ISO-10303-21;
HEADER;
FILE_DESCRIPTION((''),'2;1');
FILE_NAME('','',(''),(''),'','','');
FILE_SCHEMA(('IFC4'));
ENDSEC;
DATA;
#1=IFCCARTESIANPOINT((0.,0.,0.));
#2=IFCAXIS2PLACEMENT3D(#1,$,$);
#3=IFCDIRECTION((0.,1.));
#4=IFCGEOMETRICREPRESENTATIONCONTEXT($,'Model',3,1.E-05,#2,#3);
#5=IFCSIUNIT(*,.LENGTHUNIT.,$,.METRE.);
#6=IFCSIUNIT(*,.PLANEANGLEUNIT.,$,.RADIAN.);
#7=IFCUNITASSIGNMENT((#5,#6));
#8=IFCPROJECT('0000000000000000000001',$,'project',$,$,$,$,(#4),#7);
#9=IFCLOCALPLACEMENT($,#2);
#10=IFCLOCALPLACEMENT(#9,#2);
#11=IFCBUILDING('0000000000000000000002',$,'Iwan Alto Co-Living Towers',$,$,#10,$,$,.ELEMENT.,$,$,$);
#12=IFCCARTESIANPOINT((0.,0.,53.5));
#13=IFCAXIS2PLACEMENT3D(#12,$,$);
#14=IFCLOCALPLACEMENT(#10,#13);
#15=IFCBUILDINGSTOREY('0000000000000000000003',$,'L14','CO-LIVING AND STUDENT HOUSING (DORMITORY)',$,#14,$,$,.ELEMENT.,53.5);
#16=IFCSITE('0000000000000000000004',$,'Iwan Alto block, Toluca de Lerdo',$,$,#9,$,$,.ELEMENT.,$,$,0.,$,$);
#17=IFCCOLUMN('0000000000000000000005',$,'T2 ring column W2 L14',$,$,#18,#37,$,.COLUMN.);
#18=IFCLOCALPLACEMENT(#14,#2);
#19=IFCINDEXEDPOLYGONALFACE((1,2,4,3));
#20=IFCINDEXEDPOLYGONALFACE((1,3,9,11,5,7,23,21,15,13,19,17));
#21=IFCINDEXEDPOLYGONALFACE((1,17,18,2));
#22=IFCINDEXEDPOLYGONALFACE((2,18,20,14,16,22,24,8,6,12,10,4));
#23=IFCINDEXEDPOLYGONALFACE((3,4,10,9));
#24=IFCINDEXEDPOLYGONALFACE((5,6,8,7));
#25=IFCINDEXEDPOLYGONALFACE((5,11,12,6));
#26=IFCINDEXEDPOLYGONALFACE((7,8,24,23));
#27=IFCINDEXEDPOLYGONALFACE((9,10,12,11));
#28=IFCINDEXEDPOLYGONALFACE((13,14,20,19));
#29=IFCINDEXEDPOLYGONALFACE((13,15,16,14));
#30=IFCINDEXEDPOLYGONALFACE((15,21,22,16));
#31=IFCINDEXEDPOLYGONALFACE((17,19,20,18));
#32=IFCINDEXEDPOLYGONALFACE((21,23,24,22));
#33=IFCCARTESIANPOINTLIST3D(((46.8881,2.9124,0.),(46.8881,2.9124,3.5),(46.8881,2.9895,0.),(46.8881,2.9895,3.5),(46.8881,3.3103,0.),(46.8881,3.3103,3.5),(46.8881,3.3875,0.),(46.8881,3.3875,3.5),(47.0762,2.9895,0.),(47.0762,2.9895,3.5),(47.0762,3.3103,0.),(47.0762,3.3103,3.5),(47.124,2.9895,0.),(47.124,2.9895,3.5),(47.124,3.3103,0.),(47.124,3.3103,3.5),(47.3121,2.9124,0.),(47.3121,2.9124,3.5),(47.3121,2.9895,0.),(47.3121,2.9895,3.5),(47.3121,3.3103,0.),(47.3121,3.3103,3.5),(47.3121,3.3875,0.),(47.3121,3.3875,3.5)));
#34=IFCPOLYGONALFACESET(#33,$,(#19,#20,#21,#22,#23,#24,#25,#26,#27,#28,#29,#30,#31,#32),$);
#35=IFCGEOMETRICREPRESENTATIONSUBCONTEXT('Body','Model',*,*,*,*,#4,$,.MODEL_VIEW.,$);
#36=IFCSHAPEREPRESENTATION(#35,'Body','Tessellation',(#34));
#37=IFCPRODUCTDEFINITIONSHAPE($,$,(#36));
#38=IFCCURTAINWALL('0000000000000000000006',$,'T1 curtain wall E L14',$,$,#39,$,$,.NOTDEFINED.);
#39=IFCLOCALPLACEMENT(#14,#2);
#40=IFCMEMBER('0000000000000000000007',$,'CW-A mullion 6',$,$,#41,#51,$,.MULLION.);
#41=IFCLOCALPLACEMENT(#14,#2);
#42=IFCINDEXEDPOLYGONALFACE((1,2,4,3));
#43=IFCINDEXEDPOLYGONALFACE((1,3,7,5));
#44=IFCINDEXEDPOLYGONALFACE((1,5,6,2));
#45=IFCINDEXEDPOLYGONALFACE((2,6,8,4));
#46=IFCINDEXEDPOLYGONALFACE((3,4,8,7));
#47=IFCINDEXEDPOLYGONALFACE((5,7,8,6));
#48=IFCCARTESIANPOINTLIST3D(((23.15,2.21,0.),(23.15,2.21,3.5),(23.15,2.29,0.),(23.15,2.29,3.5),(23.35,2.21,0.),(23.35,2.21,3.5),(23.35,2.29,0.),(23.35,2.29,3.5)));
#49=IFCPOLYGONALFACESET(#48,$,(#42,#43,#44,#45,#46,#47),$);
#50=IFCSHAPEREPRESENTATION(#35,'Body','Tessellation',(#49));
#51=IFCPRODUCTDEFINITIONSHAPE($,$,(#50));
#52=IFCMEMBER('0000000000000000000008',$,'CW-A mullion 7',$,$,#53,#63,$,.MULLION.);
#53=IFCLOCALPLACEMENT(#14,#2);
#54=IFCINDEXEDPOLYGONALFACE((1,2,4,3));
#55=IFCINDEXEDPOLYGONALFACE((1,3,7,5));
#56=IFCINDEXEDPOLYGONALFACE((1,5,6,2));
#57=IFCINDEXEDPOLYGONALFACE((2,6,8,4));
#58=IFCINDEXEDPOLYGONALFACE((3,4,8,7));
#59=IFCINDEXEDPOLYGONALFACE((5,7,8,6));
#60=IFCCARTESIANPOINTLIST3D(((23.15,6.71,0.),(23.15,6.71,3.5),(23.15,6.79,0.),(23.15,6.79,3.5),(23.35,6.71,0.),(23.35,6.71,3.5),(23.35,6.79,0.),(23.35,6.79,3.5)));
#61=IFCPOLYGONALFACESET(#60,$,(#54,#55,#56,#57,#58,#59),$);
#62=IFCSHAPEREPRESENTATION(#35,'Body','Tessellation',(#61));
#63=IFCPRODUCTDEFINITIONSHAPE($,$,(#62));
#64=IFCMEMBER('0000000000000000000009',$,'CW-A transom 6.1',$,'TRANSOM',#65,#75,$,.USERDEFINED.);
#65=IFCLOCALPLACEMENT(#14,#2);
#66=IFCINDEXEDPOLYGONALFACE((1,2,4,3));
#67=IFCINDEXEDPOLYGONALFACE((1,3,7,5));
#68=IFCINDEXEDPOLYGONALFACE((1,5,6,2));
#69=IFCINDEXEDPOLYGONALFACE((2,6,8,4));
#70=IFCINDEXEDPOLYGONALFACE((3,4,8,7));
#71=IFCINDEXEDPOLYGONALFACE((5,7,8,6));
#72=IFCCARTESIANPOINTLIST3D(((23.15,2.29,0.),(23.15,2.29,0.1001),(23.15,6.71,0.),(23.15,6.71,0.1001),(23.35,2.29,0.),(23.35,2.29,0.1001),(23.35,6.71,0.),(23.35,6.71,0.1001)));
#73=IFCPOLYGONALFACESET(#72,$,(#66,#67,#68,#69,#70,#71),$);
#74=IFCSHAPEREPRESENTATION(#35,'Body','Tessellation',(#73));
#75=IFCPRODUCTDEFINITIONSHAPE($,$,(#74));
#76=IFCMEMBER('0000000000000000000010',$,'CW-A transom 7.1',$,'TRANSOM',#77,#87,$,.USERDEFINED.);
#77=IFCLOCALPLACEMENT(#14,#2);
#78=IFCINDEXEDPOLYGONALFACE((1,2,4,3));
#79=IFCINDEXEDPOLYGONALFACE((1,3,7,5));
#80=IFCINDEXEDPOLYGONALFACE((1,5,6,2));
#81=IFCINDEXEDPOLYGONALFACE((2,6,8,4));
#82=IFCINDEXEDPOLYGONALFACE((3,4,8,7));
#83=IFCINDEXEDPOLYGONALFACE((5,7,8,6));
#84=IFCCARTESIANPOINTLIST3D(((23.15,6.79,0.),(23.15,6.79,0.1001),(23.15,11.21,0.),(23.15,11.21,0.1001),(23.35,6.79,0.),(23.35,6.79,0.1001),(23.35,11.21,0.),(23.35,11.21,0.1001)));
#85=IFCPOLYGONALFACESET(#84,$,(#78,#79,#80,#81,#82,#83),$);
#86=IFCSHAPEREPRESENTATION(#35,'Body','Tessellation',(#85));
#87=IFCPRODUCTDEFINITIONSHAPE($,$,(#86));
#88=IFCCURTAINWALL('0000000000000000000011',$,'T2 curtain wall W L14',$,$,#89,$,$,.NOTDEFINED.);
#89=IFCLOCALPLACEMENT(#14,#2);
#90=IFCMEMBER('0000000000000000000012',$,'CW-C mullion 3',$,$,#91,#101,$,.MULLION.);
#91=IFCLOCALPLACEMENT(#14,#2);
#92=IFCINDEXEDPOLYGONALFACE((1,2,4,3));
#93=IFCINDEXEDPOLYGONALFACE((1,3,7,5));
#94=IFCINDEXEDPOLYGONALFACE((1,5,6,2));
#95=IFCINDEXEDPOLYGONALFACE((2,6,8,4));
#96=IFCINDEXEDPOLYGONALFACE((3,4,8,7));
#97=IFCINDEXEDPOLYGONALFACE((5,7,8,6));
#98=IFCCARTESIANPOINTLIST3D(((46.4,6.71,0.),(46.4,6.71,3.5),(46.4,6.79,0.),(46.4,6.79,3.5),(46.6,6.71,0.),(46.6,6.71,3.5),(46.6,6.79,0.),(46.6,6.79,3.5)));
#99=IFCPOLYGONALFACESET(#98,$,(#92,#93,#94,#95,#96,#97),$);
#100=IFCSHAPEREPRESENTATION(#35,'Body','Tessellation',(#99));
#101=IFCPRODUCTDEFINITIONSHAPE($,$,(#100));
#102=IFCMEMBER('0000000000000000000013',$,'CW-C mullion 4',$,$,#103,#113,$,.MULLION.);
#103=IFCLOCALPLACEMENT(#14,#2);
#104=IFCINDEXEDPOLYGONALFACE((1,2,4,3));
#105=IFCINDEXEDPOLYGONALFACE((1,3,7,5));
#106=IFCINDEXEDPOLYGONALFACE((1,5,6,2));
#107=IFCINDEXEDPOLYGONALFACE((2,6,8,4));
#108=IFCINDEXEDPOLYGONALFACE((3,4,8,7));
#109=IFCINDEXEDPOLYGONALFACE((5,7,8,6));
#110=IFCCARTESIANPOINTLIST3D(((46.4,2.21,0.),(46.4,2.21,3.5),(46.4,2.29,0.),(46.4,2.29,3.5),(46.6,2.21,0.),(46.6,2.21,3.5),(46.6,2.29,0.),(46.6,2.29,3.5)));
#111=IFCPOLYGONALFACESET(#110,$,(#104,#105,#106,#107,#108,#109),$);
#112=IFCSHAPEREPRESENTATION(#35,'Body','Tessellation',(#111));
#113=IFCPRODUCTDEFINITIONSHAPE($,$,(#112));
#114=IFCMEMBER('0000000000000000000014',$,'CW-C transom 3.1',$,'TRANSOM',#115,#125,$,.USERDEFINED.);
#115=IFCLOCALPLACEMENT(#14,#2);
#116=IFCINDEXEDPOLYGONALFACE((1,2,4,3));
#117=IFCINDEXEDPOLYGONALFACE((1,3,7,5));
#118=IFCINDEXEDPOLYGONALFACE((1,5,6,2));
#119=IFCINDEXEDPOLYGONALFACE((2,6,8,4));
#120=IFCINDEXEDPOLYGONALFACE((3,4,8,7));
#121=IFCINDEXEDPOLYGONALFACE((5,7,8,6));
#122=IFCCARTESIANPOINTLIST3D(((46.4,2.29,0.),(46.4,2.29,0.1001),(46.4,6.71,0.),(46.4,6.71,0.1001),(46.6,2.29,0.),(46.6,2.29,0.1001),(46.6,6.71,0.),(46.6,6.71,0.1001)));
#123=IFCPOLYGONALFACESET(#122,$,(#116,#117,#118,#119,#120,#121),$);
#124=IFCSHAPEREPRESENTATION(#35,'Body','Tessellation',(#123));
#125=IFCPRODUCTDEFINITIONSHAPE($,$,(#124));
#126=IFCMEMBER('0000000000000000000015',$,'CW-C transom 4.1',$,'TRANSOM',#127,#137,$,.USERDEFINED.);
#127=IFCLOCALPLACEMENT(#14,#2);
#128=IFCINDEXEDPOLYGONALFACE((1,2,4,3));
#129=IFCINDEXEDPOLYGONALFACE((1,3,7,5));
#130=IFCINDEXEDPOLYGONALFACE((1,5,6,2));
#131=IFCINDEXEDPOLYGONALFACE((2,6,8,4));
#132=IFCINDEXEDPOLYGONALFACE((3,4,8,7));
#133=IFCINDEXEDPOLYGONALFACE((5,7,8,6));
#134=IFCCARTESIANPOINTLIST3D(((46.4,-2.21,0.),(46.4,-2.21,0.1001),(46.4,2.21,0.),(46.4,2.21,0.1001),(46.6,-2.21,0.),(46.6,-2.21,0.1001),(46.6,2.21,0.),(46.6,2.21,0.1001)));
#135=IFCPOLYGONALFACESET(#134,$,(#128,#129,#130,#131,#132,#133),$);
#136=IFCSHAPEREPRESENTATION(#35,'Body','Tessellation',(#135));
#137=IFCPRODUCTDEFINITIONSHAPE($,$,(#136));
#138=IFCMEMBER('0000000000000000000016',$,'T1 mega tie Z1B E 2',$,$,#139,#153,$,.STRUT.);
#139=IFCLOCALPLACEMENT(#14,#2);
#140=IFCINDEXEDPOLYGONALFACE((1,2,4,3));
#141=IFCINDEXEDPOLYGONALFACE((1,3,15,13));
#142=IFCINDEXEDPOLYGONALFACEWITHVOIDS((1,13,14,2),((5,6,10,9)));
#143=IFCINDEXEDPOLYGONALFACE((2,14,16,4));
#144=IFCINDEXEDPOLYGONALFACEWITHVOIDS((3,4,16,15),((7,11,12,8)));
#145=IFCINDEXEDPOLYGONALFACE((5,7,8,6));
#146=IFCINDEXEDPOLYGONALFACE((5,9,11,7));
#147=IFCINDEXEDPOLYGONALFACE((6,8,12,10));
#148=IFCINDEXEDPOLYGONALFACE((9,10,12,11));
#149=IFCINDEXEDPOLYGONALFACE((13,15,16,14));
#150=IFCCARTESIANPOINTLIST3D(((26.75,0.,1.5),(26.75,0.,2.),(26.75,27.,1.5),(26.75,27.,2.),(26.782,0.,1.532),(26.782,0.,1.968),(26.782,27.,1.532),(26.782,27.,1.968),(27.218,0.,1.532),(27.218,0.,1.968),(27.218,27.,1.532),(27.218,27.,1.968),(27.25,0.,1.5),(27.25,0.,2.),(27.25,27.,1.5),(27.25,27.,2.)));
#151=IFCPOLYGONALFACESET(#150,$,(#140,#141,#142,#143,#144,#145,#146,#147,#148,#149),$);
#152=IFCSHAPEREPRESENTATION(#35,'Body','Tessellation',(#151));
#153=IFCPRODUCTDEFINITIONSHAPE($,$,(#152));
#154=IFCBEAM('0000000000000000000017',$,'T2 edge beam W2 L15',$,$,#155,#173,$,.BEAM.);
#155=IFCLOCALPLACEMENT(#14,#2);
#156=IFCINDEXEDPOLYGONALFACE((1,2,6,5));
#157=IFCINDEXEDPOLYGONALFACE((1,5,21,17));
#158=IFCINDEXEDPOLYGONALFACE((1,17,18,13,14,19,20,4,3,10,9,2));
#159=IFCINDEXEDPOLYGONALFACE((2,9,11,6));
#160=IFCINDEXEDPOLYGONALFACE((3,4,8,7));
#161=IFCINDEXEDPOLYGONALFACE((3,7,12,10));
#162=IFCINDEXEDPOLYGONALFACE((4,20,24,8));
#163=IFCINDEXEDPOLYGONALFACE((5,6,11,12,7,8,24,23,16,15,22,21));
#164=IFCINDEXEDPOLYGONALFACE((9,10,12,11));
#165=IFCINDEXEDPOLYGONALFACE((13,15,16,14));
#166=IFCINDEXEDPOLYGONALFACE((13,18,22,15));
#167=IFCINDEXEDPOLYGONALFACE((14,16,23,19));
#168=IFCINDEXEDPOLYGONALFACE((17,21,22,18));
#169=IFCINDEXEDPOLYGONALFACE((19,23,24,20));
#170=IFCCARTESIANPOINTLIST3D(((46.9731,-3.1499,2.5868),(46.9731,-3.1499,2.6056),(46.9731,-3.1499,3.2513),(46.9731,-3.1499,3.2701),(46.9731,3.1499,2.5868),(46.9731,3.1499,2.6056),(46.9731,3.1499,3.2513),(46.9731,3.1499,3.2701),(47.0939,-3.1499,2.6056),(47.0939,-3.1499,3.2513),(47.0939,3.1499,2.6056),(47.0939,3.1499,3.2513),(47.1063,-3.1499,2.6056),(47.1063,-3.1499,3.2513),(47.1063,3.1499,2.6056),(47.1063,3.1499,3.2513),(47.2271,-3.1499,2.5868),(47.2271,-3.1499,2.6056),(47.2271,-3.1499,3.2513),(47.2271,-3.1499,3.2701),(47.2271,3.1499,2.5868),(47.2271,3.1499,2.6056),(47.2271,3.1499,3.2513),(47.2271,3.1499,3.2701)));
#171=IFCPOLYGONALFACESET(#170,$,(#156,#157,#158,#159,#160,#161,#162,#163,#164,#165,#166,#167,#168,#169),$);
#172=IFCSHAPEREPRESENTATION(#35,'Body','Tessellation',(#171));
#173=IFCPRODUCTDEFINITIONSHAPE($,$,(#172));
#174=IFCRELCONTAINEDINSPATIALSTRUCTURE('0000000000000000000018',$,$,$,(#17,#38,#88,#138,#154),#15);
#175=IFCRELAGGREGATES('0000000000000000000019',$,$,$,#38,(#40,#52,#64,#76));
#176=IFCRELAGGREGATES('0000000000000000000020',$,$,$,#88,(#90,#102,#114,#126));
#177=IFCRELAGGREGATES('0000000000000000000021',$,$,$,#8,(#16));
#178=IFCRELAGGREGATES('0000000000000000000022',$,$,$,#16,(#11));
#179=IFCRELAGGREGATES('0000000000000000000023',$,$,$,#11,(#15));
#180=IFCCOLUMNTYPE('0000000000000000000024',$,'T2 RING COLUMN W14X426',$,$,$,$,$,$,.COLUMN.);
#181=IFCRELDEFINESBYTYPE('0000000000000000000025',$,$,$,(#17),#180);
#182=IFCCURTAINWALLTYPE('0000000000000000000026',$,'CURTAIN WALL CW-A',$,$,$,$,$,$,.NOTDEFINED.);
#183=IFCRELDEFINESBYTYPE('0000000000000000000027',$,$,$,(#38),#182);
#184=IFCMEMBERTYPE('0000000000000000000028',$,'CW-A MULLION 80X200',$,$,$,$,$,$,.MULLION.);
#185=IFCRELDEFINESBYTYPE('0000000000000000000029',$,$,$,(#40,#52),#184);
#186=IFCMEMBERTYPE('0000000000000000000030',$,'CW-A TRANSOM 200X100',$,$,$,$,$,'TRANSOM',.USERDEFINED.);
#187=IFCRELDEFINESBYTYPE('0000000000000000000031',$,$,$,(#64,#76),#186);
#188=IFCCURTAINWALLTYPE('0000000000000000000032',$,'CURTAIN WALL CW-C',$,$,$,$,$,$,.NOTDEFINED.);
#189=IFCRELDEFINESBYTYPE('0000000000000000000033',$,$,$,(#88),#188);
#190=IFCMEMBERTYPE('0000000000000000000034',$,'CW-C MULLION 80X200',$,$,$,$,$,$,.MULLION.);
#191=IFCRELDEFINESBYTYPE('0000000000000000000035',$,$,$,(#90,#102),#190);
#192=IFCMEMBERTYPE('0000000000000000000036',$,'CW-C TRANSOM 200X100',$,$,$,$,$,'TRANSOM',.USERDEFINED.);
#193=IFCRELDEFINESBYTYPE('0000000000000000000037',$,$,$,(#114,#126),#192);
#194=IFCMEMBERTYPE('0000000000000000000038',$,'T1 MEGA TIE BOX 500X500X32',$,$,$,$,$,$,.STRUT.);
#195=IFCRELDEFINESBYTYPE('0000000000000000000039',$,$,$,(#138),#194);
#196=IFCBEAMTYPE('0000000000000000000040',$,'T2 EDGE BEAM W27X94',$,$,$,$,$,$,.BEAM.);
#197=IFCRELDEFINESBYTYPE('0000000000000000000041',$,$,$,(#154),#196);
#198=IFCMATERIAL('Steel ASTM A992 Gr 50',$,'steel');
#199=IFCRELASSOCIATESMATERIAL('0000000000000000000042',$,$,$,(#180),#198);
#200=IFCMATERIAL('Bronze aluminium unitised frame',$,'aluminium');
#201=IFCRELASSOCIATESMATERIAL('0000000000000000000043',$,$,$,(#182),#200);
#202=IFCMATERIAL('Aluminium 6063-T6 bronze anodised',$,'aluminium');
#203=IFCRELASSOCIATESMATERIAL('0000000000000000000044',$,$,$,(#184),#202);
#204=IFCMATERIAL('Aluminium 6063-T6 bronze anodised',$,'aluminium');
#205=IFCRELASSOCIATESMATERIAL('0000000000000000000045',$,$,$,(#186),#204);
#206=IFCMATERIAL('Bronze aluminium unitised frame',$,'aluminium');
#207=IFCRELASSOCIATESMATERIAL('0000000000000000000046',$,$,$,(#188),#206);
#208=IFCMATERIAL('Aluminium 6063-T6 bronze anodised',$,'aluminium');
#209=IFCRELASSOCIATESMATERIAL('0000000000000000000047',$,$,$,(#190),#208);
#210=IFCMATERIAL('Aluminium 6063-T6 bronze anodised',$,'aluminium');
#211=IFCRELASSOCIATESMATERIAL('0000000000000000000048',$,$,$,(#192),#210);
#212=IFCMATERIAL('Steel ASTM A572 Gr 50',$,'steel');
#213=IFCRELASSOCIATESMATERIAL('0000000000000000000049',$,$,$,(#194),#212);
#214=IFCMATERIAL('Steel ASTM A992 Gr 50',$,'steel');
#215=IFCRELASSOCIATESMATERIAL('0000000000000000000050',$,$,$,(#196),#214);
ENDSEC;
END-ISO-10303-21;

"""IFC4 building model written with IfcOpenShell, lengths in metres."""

from ifc_helpers import new_model, si_unit, direction, frame, origin, origin_2d, place, context, subcontext, project, spatial, rectangle, hollow_rectangle, i_section, extrude, material, material_profile, profile_set, type_object, element, aggregate, save


model = new_model("IFC4")

# Units and contexts
model_context = context("Model", 3, precision=1e-05, world=origin(), true_north=direction((0.0, 1.0)))
body_context = subcontext(model_context, "Body", "Model", "MODEL_VIEW")
ifc_project = project(units=[si_unit("LENGTHUNIT", "METRE"), si_unit("PLANEANGLEUNIT", "RADIAN")], contexts=[model_context])

# Site, building, storey
site_placement = place(None, origin())
site = spatial("IfcSite", under=ifc_project, at=site_placement, Name="Iwan Alto block, Toluca de Lerdo", CompositionType="ELEMENT", RefElevation=0.0)
building_placement = place(site_placement, origin())
building = spatial("IfcBuilding", under=site, at=building_placement, Name="Iwan Alto Co-Living Towers", CompositionType="ELEMENT")
storey_placement = place(building_placement, frame((0.0, 0.0, 53.5)))
storey = spatial("IfcBuildingStorey", under=building, at=storey_placement, Name="L14", Description="CO-LIVING AND STUDENT HOUSING (DORMITORY)", CompositionType="ELEMENT", Elevation=53.5)

# Column
ifc_material_1 = material(Name="Steel ASTM A992 Gr 50", Category="steel")
ifc_material_profile_1 = material_profile(ifc_material_1, i_section(OverallWidth=0.4241, OverallDepth=0.4751, WebThickness=0.0479, FlangeThickness=0.0771, at=origin_2d()), Name="W14X426")
ifc_profile_set_1 = profile_set([ifc_material_profile_1], Name="Steel ASTM A992 Gr 50")
column_type = type_object("IfcColumnType", Name="T2 RING COLUMN W14X426", PredefinedType="COLUMN", material=ifc_profile_set_1)
column_placement = place(storey_placement, frame((47.1001, 3.1499, 0.0), z_axis=(0.0, 0.0, 1.0), x_axis=(1.0, 0.0, 0.0)))
element("IfcColumn", 1, at=column_placement, inside=storey, type_object=column_type, Name="T2 ring column W2 L14", PredefinedType="COLUMN", context=body_context, shape_type="SweptSolid", body=[
    extrude(i_section(OverallWidth=0.4241, OverallDepth=0.4751, WebThickness=0.0479, FlangeThickness=0.0771, at=origin_2d()), origin(), (0.0, 0.0, 1.0), 3.5),
])

# Curtain walls, members
ifc_material_2 = material(Name="Bronze aluminium unitised frame", Category="aluminium")
curtain_wall_type_1 = type_object("IfcCurtainWallType", Name="CURTAIN WALL CW-A", PredefinedType="NOTDEFINED", material=ifc_material_2)
curtain_wall_1_placement = place(storey_placement, origin())
curtain_wall_1 = element("IfcCurtainWall", 2, at=curtain_wall_1_placement, inside=storey, type_object=curtain_wall_type_1, Name="T1 curtain wall E L14", PredefinedType="NOTDEFINED")
ifc_material_3 = material(Name="Aluminium 6063-T6 bronze anodised", Category="aluminium")
ifc_material_profile_2 = material_profile(ifc_material_3, rectangle(XDim=0.2, YDim=0.0801, at=origin_2d()), Name="AL 80X200")
ifc_profile_set_2 = profile_set([ifc_material_profile_2], Name="Aluminium 6063-T6 bronze anodised")
member_type_1 = type_object("IfcMemberType", Name="CW-A MULLION 80X200", PredefinedType="MULLION", material=ifc_profile_set_2)
member_1_placement = place(storey_placement, frame((23.25, 2.25, 0.0), z_axis=(0.0, 0.0, 1.0), x_axis=(-1.0, 0.0, 0.0)))
member_1 = element("IfcMember", 3, at=member_1_placement, type_object=member_type_1, Name="CW-A mullion 6", PredefinedType="MULLION", context=body_context, shape_type="SweptSolid", body=[
    extrude(rectangle(XDim=0.2, YDim=0.0801, at=origin_2d()), origin(), (0.0, 0.0, 1.0), 3.5),
])
member_2_placement = place(storey_placement, frame((23.25, 6.75, 0.0), z_axis=(0.0, 0.0, 1.0), x_axis=(-1.0, 0.0, 0.0)))
member_2 = element("IfcMember", 4, at=member_2_placement, type_object=member_type_1, Name="CW-A mullion 7", PredefinedType="MULLION", context=body_context, shape_type="SweptSolid", body=[
    extrude(rectangle(XDim=0.2, YDim=0.0801, at=origin_2d()), origin(), (0.0, 0.0, 1.0), 3.5),
])
ifc_material_4 = material(Name="Aluminium 6063-T6 bronze anodised", Category="aluminium")
ifc_material_profile_3 = material_profile(ifc_material_4, rectangle(XDim=0.2, YDim=0.1001, at=origin_2d()), Name="AL 200X100")
ifc_profile_set_3 = profile_set([ifc_material_profile_3], Name="Aluminium 6063-T6 bronze anodised")
member_type_2 = type_object("IfcMemberType", Name="CW-A TRANSOM 200X100", ElementType="TRANSOM", PredefinedType="USERDEFINED", material=ifc_profile_set_3)
member_3_placement = place(storey_placement, frame((23.25, 2.29, 0.05), z_axis=(0.0, 1.0, 0.0), x_axis=(-1.0, 0.0, 0.0)))
member_3 = element("IfcMember", 5, at=member_3_placement, type_object=member_type_2, Name="CW-A transom 6.1", ObjectType="TRANSOM", PredefinedType="USERDEFINED", context=body_context, shape_type="SweptSolid", body=[
    extrude(rectangle(XDim=0.2, YDim=0.1001, at=origin_2d()), origin(), (0.0, 0.0, 1.0), 4.4199),
])
member_4_placement = place(storey_placement, frame((23.25, 6.79, 0.05), z_axis=(0.0, 1.0, 0.0), x_axis=(-1.0, 0.0, 0.0)))
member_4 = element("IfcMember", 6, at=member_4_placement, type_object=member_type_2, Name="CW-A transom 7.1", ObjectType="TRANSOM", PredefinedType="USERDEFINED", context=body_context, shape_type="SweptSolid", body=[
    extrude(rectangle(XDim=0.2, YDim=0.1001, at=origin_2d()), origin(), (0.0, 0.0, 1.0), 4.4199),
])
ifc_material_5 = material(Name="Bronze aluminium unitised frame", Category="aluminium")
curtain_wall_type_2 = type_object("IfcCurtainWallType", Name="CURTAIN WALL CW-C", PredefinedType="NOTDEFINED", material=ifc_material_5)
curtain_wall_2_placement = place(storey_placement, origin())
curtain_wall_2 = element("IfcCurtainWall", 7, at=curtain_wall_2_placement, inside=storey, type_object=curtain_wall_type_2, Name="T2 curtain wall W L14", PredefinedType="NOTDEFINED")
ifc_material_6 = material(Name="Aluminium 6063-T6 bronze anodised", Category="aluminium")
ifc_material_profile_4 = material_profile(ifc_material_6, rectangle(XDim=0.2, YDim=0.0801, at=origin_2d()), Name="AL 80X200")
ifc_profile_set_4 = profile_set([ifc_material_profile_4], Name="Aluminium 6063-T6 bronze anodised")
member_type_3 = type_object("IfcMemberType", Name="CW-C MULLION 80X200", PredefinedType="MULLION", material=ifc_profile_set_4)
member_5_placement = place(storey_placement, frame((46.5, 6.75, 0.0), z_axis=(0.0, 0.0, 1.0), x_axis=(1.0, 0.0, 0.0)))
member_5 = element("IfcMember", 8, at=member_5_placement, type_object=member_type_3, Name="CW-C mullion 3", PredefinedType="MULLION", context=body_context, shape_type="SweptSolid", body=[
    extrude(rectangle(XDim=0.2, YDim=0.0801, at=origin_2d()), origin(), (0.0, 0.0, 1.0), 3.5),
])
member_6_placement = place(storey_placement, frame((46.5, 2.25, 0.0), z_axis=(0.0, 0.0, 1.0), x_axis=(1.0, 0.0, 0.0)))
member_6 = element("IfcMember", 9, at=member_6_placement, type_object=member_type_3, Name="CW-C mullion 4", PredefinedType="MULLION", context=body_context, shape_type="SweptSolid", body=[
    extrude(rectangle(XDim=0.2, YDim=0.0801, at=origin_2d()), origin(), (0.0, 0.0, 1.0), 3.5),
])
ifc_material_7 = material(Name="Aluminium 6063-T6 bronze anodised", Category="aluminium")
ifc_material_profile_5 = material_profile(ifc_material_7, rectangle(XDim=0.2, YDim=0.1001, at=origin_2d()), Name="AL 200X100")
ifc_profile_set_5 = profile_set([ifc_material_profile_5], Name="Aluminium 6063-T6 bronze anodised")
member_type_4 = type_object("IfcMemberType", Name="CW-C TRANSOM 200X100", ElementType="TRANSOM", PredefinedType="USERDEFINED", material=ifc_profile_set_5)
member_7_placement = place(storey_placement, frame((46.5, 6.71, 0.05), z_axis=(0.0, -1.0, 0.0), x_axis=(1.0, 0.0, 0.0)))
member_7 = element("IfcMember", 10, at=member_7_placement, type_object=member_type_4, Name="CW-C transom 3.1", ObjectType="TRANSOM", PredefinedType="USERDEFINED", context=body_context, shape_type="SweptSolid", body=[
    extrude(rectangle(XDim=0.2, YDim=0.1001, at=origin_2d()), origin(), (0.0, 0.0, 1.0), 4.4199),
])
member_8_placement = place(storey_placement, frame((46.5, 2.21, 0.05), z_axis=(0.0, -1.0, 0.0), x_axis=(1.0, 0.0, 0.0)))
member_8 = element("IfcMember", 11, at=member_8_placement, type_object=member_type_4, Name="CW-C transom 4.1", ObjectType="TRANSOM", PredefinedType="USERDEFINED", context=body_context, shape_type="SweptSolid", body=[
    extrude(rectangle(XDim=0.2, YDim=0.1001, at=origin_2d()), origin(), (0.0, 0.0, 1.0), 4.4199),
])

# Member
ifc_material_8 = material(Name="Steel ASTM A572 Gr 50", Category="steel")
ifc_material_profile_6 = material_profile(ifc_material_8, hollow_rectangle(XDim=0.5, YDim=0.5, WallThickness=0.032, at=origin_2d()), Name="BOX 500X500X32")
ifc_profile_set_6 = profile_set([ifc_material_profile_6], Name="Steel ASTM A572 Gr 50")
member_type_5 = type_object("IfcMemberType", Name="T1 MEGA TIE BOX 500X500X32", PredefinedType="STRUT", material=ifc_profile_set_6)
member_9_placement = place(storey_placement, frame((27.0, 0.0, 1.75), z_axis=(0.0, 1.0, 0.0), x_axis=(-1.0, 0.0, 0.0)))
element("IfcMember", 12, at=member_9_placement, inside=storey, type_object=member_type_5, Name="T1 mega tie Z1B E 2", PredefinedType="STRUT", context=body_context, shape_type="SweptSolid", body=[
    extrude(hollow_rectangle(XDim=0.5, YDim=0.5, WallThickness=0.032, at=origin_2d()), origin(), (0.0, 0.0, 1.0), 27.0),
])

# Beam
ifc_material_9 = material(Name="Steel ASTM A992 Gr 50", Category="steel")
ifc_material_profile_7 = material_profile(ifc_material_9, i_section(OverallWidth=0.2539, OverallDepth=0.6833, WebThickness=0.0125, FlangeThickness=0.0188, at=origin_2d()), Name="W27X94")
ifc_profile_set_7 = profile_set([ifc_material_profile_7], Name="Steel ASTM A992 Gr 50")
beam_type_1 = type_object("IfcBeamType", Name="T2 EDGE BEAM W27X94", PredefinedType="BEAM", material=ifc_profile_set_7)
beam_1_placement = place(storey_placement, frame((47.1001, 3.1499, 2.9285), z_axis=(0.0, -1.0, 0.0), x_axis=(1.0, 0.0, 0.0)))
element("IfcBeam", 13, at=beam_1_placement, inside=storey, type_object=beam_type_1, Name="T2 edge beam W2 L15", PredefinedType="BEAM", context=body_context, shape_type="SweptSolid", body=[
    extrude(i_section(OverallWidth=0.2539, OverallDepth=0.6833, WebThickness=0.0125, FlangeThickness=0.0188, at=origin_2d()), origin(), (0.0, 0.0, 1.0), 6.2998),
])

aggregate(curtain_wall_1, [member_1, member_2, member_3, member_4])
aggregate(curtain_wall_2, [member_5, member_6, member_7, member_8])

save(model, "model.ifc")
